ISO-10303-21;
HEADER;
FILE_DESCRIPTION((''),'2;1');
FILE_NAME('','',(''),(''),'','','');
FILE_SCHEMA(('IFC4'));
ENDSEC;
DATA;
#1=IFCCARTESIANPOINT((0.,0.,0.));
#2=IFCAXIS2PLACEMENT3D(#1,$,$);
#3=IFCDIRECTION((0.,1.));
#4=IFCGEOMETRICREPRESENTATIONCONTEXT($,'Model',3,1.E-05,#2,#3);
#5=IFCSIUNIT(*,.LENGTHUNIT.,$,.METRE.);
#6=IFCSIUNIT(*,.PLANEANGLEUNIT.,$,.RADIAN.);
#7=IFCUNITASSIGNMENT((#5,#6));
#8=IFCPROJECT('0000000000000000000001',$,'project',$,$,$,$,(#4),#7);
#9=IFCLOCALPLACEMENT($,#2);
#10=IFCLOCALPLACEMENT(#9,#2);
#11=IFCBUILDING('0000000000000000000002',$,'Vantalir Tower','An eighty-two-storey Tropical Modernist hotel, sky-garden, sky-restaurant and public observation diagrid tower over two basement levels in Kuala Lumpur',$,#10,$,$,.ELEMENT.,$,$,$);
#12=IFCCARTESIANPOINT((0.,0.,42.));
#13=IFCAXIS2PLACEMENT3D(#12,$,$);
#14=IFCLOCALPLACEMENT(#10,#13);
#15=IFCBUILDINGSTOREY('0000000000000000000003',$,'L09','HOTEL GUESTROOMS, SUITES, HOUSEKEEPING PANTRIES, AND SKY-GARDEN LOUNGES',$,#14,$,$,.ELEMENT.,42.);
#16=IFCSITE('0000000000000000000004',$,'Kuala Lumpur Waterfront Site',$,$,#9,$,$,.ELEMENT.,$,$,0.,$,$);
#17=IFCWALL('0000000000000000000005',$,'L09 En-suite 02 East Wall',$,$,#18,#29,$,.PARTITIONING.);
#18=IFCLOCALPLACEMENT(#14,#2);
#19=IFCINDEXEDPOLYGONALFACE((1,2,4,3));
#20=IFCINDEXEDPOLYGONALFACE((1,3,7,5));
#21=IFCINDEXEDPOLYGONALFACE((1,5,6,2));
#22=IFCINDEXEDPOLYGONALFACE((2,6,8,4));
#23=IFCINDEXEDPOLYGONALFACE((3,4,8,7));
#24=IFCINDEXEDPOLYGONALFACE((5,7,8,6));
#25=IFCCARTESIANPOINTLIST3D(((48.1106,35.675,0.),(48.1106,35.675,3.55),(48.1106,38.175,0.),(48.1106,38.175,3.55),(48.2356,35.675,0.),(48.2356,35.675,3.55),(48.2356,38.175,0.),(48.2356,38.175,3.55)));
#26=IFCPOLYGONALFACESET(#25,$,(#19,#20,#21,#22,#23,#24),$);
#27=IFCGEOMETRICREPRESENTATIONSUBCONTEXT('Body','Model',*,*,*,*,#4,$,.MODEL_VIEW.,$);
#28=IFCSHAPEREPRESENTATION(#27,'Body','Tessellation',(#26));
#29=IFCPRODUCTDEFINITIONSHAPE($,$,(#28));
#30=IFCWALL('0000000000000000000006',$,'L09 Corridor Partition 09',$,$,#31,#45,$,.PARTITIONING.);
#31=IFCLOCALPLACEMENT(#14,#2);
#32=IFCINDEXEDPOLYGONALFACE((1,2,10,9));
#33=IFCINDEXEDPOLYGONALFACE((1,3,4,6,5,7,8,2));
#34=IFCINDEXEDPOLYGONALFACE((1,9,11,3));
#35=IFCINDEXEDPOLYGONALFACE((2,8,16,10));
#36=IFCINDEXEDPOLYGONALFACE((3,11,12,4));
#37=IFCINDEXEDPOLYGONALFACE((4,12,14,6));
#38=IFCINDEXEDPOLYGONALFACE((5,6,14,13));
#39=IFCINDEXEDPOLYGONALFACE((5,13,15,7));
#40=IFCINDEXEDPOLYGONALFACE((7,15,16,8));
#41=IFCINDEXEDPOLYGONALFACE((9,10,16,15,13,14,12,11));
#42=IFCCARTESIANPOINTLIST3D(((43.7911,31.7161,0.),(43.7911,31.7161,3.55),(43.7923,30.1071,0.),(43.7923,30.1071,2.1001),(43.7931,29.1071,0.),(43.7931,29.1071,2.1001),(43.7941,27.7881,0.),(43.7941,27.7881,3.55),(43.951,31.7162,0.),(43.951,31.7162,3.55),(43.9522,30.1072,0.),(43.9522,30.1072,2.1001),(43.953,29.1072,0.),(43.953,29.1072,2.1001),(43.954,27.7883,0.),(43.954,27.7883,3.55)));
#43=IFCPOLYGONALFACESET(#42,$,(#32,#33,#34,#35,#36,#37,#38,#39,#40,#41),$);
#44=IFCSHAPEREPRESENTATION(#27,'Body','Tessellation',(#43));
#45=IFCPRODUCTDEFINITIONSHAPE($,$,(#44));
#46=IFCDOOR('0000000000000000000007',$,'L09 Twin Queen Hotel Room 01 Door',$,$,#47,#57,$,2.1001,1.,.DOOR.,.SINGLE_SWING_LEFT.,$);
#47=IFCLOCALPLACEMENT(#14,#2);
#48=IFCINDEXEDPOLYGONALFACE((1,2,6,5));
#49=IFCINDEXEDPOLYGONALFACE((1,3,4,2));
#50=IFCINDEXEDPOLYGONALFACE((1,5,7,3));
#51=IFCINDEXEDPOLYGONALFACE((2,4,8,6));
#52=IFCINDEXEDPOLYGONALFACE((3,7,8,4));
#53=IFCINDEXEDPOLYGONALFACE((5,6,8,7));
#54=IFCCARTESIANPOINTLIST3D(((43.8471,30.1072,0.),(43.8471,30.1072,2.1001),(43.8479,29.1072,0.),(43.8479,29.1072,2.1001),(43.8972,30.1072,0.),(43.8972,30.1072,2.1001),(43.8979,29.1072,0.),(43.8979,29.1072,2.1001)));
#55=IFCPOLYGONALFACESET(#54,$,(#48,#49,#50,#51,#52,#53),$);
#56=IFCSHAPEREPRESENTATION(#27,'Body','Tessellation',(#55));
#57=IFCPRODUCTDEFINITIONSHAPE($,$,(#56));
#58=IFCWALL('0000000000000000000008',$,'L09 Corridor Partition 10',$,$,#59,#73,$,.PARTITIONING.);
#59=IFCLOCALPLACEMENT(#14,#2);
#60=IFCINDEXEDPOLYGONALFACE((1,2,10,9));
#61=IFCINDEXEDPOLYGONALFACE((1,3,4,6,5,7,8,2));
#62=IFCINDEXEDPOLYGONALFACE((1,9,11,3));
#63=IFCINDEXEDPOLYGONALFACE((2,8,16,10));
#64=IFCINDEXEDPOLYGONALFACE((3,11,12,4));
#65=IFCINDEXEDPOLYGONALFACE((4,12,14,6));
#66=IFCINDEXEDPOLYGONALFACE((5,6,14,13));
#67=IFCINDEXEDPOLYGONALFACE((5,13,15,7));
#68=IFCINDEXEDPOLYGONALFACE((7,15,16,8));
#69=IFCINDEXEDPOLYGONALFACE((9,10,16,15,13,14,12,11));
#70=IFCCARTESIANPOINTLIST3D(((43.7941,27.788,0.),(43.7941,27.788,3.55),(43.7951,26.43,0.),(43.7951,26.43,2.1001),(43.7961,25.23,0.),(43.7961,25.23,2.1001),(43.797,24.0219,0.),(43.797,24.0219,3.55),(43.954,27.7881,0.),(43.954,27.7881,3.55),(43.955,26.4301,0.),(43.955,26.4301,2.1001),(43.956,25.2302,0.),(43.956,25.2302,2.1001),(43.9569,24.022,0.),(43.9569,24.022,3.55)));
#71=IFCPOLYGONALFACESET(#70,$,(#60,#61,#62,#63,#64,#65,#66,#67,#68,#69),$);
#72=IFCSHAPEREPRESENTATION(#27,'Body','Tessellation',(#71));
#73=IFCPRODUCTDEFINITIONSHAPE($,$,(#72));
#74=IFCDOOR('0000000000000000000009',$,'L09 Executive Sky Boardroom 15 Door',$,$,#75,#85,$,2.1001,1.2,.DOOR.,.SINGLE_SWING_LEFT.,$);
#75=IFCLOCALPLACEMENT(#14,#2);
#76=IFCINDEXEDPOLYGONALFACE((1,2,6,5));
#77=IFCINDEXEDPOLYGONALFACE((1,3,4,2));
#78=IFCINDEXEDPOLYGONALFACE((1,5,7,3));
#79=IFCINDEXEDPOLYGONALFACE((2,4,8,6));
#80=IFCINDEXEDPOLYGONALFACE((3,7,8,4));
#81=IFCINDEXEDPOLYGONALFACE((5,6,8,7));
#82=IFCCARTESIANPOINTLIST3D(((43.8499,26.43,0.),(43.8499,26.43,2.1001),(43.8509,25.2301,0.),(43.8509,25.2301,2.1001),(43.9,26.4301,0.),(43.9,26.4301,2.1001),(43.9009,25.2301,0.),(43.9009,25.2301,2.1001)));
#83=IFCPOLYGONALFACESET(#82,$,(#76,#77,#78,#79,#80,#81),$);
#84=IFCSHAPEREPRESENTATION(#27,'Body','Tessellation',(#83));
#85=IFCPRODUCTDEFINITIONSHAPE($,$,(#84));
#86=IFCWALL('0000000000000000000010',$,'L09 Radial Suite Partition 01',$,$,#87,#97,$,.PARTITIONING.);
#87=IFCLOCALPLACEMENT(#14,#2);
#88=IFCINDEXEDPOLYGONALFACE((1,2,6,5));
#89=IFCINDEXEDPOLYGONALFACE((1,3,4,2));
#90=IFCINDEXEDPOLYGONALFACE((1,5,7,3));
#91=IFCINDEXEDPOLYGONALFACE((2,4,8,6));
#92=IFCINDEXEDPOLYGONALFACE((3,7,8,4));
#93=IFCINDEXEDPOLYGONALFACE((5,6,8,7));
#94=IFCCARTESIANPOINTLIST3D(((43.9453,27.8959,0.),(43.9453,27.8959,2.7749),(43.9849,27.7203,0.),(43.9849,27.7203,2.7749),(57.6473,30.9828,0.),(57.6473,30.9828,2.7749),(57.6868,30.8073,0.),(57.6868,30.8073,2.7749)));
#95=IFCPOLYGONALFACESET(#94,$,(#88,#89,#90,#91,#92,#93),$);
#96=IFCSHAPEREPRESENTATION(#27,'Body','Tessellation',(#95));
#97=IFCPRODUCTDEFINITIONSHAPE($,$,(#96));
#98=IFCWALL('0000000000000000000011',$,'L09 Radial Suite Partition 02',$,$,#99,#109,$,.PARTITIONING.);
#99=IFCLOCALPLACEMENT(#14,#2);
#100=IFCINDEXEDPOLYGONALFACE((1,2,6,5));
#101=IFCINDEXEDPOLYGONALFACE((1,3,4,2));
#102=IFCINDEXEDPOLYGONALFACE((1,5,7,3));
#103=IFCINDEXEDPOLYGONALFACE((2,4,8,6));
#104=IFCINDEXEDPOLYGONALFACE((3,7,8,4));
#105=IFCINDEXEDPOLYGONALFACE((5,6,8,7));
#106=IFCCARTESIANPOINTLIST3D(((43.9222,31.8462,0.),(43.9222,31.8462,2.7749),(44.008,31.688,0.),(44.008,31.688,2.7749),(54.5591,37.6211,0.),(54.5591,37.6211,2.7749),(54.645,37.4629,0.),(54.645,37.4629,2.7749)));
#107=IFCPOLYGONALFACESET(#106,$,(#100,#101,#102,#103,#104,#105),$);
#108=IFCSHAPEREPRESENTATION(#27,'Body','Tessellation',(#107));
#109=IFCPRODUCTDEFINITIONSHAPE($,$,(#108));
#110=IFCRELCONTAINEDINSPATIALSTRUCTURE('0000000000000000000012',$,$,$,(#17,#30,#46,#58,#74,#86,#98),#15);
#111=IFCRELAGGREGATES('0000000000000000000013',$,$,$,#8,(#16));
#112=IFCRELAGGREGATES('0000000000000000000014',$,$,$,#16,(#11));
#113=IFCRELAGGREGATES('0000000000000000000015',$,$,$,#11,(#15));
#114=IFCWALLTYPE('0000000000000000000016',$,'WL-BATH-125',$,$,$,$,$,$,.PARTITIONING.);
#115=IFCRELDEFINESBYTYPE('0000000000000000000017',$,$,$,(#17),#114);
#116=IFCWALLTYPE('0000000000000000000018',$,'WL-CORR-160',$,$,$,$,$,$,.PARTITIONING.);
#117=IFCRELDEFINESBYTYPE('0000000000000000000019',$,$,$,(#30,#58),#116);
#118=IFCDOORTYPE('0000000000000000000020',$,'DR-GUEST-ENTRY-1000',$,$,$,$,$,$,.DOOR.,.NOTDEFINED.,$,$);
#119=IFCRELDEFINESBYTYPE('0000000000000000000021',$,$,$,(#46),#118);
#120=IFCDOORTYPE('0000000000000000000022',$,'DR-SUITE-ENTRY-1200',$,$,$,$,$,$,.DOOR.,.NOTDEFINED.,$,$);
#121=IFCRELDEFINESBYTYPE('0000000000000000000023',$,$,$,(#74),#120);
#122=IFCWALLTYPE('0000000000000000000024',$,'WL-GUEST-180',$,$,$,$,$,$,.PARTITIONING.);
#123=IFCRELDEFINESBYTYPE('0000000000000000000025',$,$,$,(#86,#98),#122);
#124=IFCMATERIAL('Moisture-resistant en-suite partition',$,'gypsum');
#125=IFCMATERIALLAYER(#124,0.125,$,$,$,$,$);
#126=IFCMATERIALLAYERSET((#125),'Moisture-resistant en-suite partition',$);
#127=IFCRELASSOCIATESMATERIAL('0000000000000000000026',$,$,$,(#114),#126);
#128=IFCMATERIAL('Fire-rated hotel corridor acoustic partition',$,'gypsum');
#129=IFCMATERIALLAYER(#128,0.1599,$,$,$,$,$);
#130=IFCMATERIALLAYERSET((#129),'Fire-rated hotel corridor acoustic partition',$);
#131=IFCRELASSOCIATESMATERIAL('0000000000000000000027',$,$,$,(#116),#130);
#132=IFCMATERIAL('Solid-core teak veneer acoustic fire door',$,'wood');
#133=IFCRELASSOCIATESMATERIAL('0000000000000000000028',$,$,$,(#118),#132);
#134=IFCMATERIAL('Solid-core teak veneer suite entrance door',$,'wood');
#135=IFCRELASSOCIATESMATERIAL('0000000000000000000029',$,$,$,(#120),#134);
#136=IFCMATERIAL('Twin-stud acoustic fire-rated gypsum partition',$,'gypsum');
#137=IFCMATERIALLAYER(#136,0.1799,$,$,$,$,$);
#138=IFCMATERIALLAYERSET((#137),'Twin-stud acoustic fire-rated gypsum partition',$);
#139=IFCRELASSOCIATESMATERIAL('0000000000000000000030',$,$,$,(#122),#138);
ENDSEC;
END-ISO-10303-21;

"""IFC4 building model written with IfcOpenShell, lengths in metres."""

from ifc_helpers import new_model, si_unit, direction, frame, frame_2d, origin, place, context, subcontext, project, spatial, rectangle, extrude, material, layer, layer_set, type_object, element, fill, save


model = new_model("IFC4")

# Units and contexts
model_context = context("Model", 3, precision=1e-05, world=origin(), true_north=direction((0.0, 1.0)))
body_context = subcontext(model_context, "Body", "Model", "MODEL_VIEW")
ifc_project = project(units=[si_unit("LENGTHUNIT", "METRE"), si_unit("PLANEANGLEUNIT", "RADIAN")], contexts=[model_context])

# Site, building, storey
site_placement = place(None, origin())
site = spatial("IfcSite", under=ifc_project, at=site_placement, Name="Kuala Lumpur Waterfront Site", CompositionType="ELEMENT", RefElevation=0.0)
building_placement = place(site_placement, origin())
building = spatial("IfcBuilding", under=site, at=building_placement, Name="Vantalir Tower", Description="An eighty-two-storey Tropical Modernist hotel, sky-garden, sky-restaurant and public observation diagrid tower over two basement levels in Kuala Lumpur", CompositionType="ELEMENT")
storey_placement = place(building_placement, frame((0.0, 0.0, 42.0)))
storey = spatial("IfcBuildingStorey", under=building, at=storey_placement, Name="L09", Description="HOTEL GUESTROOMS, SUITES, HOUSEKEEPING PANTRIES, AND SKY-GARDEN LOUNGES", CompositionType="ELEMENT", Elevation=42.0)

# Shared definitions
ifc_material_1 = material(Name="Moisture-resistant en-suite partition", Category="gypsum")
ifc_layer_1 = layer(ifc_material_1, 0.125)
ifc_layer_set_1 = layer_set([ifc_layer_1], Name="Moisture-resistant en-suite partition")
wall_type_1 = type_object("IfcWallType", Name="WL-BATH-125", PredefinedType="PARTITIONING", material=ifc_layer_set_1)

# Wall
for number, where, z_axis, x_axis, name in (
    (1, (48.1731, 35.675, 0.0), (0.0, 0.0, 1.0), (0.0, 1.0, 0.0), "L09 En-suite 02 East Wall"),
):
    element("IfcWall", number, at=place(storey_placement, frame(where, z_axis=z_axis, x_axis=x_axis)), inside=storey, type_object=wall_type_1, Name=name, PredefinedType="PARTITIONING", context=body_context, shape_type="SweptSolid", body=[
        extrude(rectangle(XDim=2.5, YDim=0.125, at=frame_2d((1.25, 0.0))), origin(), (0.0, 0.0, 1.0), 3.55),
    ])

# Walls, openings, doors
ifc_material_2 = material(Name="Fire-rated hotel corridor acoustic partition", Category="gypsum")
ifc_layer_2 = layer(ifc_material_2, 0.1599)
ifc_layer_set_2 = layer_set([ifc_layer_2], Name="Fire-rated hotel corridor acoustic partition")
wall_type_2 = type_object("IfcWallType", Name="WL-CORR-160", PredefinedType="PARTITIONING", material=ifc_layer_set_2)
wall_1_placement = place(storey_placement, frame((43.8711, 31.7161, 0.0), z_axis=(0.0, 0.0, 1.0), x_axis=(0.000746, -1.0, 0.0)))
wall_1 = element("IfcWall", 2, at=wall_1_placement, inside=storey, type_object=wall_type_2, Name="L09 Corridor Partition 09", PredefinedType="PARTITIONING", context=body_context, shape_type="SweptSolid", body=[
    extrude(rectangle(XDim=3.928, YDim=0.1599, at=frame_2d((1.9639, 0.0))), origin(), (0.0, 0.0, 1.0), 3.55),
])
opening_1_placement = place(wall_1_placement, frame((1.6089, 0.0, 0.0)))
opening_1 = element("IfcOpeningElement", 3, at=opening_1_placement, cuts=wall_1, PredefinedType="OPENING", context=body_context, shape_type="SweptSolid", body=[
    extrude(rectangle(XDim=1.0, YDim=2.1001, at=frame_2d((0.5, 1.05))), frame((0.0, 0.0898, 0.0), z_axis=(0.0, -1.0, 0.0), x_axis=(1.0, 0.0, 0.0)), (0.0, 0.0, 1.0), 0.1799),
])
ifc_material_3 = material(Name="Solid-core teak veneer acoustic fire door", Category="wood")
door_type_1 = type_object("IfcDoorType", Name="DR-GUEST-ENTRY-1000", OperationType="NOTDEFINED", PredefinedType="DOOR", material=ifc_material_3)
door_1_placement = place(opening_1_placement, origin())
door_1 = element("IfcDoor", 4, at=door_1_placement, inside=storey, type_object=door_type_1, Name="L09 Twin Queen Hotel Room 01 Door", OperationType="SINGLE_SWING_LEFT", OverallHeight=2.1001, OverallWidth=1.0, PredefinedType="DOOR", context=body_context, shape_type="SweptSolid", body=[
    extrude(rectangle(XDim=1.0, YDim=2.1001, at=frame_2d((0.5, 1.05))), frame((0.0, 0.0249, 0.0), z_axis=(0.0, -1.0, 0.0), x_axis=(1.0, 0.0, 0.0)), (0.0, 0.0, 1.0), 0.05),
])
fill(opening_1, door_1)
wall_2_placement = place(storey_placement, frame((43.874, 27.7881, 0.0), z_axis=(0.0, 0.0, 1.0), x_axis=(0.000778, -1.0, 0.0)))
wall_2 = element("IfcWall", 5, at=wall_2_placement, inside=storey, type_object=wall_type_2, Name="L09 Corridor Partition 10", PredefinedType="PARTITIONING", context=body_context, shape_type="SweptSolid", body=[
    extrude(rectangle(XDim=3.7661, YDim=0.1599, at=frame_2d((1.8831, 0.0))), origin(), (0.0, 0.0, 1.0), 3.55),
])
opening_2_placement = place(wall_2_placement, frame((1.3579, 0.0, 0.0)))
opening_2 = element("IfcOpeningElement", 6, at=opening_2_placement, cuts=wall_2, PredefinedType="OPENING", context=body_context, shape_type="SweptSolid", body=[
    extrude(rectangle(XDim=1.2, YDim=2.1001, at=frame_2d((0.6001, 1.05))), frame((0.0, 0.0898, 0.0), z_axis=(0.0, -1.0, 0.0), x_axis=(1.0, 0.0, 0.0)), (0.0, 0.0, 1.0), 0.1799),
])
ifc_material_4 = material(Name="Solid-core teak veneer suite entrance door", Category="wood")
door_type_2 = type_object("IfcDoorType", Name="DR-SUITE-ENTRY-1200", OperationType="NOTDEFINED", PredefinedType="DOOR", material=ifc_material_4)
door_2_placement = place(opening_2_placement, origin())
door_2 = element("IfcDoor", 7, at=door_2_placement, inside=storey, type_object=door_type_2, Name="L09 Executive Sky Boardroom 15 Door", OperationType="SINGLE_SWING_LEFT", OverallHeight=2.1001, OverallWidth=1.2, PredefinedType="DOOR", context=body_context, shape_type="SweptSolid", body=[
    extrude(rectangle(XDim=1.2, YDim=2.1001, at=frame_2d((0.6001, 1.05))), frame((0.0, 0.0249, 0.0), z_axis=(0.0, -1.0, 0.0), x_axis=(1.0, 0.0, 0.0)), (0.0, 0.0, 1.0), 0.05),
])
fill(opening_2, door_2)

# Walls
ifc_material_5 = material(Name="Twin-stud acoustic fire-rated gypsum partition", Category="gypsum")
ifc_layer_3 = layer(ifc_material_5, 0.1799)
ifc_layer_set_3 = layer_set([ifc_layer_3], Name="Twin-stud acoustic fire-rated gypsum partition")
wall_type_3 = type_object("IfcWallType", Name="WL-GUEST-180", PredefinedType="PARTITIONING", material=ifc_layer_set_3)
wall_3_placement = place(storey_placement, frame((43.9651, 27.8081, 0.0), z_axis=(0.0, 0.0, 1.0), x_axis=(0.975549, 0.219782, 0.0)))
element("IfcWall", 8, at=wall_3_placement, inside=storey, type_object=wall_type_3, Name="L09 Radial Suite Partition 01", PredefinedType="PARTITIONING", context=body_context, shape_type="SweptSolid", body=[
    extrude(rectangle(XDim=14.0454, YDim=0.1799, at=frame_2d((7.0227, 0.0))), origin(), (0.0, 0.0, 1.0), 2.7749),
])
wall_4_placement = place(storey_placement, frame((43.9651, 31.7671, 0.0), z_axis=(0.0, 0.0, 1.0), x_axis=(0.878834, 0.477127, 0.0)))
element("IfcWall", 9, at=wall_4_placement, inside=storey, type_object=wall_type_3, Name="L09 Radial Suite Partition 02", PredefinedType="PARTITIONING", context=body_context, shape_type="SweptSolid", body=[
    extrude(rectangle(XDim=12.1035, YDim=0.1799, at=frame_2d((6.0518, 0.0))), origin(), (0.0, 0.0, 1.0), 2.7749),
])

save(model, "model.ifc")
